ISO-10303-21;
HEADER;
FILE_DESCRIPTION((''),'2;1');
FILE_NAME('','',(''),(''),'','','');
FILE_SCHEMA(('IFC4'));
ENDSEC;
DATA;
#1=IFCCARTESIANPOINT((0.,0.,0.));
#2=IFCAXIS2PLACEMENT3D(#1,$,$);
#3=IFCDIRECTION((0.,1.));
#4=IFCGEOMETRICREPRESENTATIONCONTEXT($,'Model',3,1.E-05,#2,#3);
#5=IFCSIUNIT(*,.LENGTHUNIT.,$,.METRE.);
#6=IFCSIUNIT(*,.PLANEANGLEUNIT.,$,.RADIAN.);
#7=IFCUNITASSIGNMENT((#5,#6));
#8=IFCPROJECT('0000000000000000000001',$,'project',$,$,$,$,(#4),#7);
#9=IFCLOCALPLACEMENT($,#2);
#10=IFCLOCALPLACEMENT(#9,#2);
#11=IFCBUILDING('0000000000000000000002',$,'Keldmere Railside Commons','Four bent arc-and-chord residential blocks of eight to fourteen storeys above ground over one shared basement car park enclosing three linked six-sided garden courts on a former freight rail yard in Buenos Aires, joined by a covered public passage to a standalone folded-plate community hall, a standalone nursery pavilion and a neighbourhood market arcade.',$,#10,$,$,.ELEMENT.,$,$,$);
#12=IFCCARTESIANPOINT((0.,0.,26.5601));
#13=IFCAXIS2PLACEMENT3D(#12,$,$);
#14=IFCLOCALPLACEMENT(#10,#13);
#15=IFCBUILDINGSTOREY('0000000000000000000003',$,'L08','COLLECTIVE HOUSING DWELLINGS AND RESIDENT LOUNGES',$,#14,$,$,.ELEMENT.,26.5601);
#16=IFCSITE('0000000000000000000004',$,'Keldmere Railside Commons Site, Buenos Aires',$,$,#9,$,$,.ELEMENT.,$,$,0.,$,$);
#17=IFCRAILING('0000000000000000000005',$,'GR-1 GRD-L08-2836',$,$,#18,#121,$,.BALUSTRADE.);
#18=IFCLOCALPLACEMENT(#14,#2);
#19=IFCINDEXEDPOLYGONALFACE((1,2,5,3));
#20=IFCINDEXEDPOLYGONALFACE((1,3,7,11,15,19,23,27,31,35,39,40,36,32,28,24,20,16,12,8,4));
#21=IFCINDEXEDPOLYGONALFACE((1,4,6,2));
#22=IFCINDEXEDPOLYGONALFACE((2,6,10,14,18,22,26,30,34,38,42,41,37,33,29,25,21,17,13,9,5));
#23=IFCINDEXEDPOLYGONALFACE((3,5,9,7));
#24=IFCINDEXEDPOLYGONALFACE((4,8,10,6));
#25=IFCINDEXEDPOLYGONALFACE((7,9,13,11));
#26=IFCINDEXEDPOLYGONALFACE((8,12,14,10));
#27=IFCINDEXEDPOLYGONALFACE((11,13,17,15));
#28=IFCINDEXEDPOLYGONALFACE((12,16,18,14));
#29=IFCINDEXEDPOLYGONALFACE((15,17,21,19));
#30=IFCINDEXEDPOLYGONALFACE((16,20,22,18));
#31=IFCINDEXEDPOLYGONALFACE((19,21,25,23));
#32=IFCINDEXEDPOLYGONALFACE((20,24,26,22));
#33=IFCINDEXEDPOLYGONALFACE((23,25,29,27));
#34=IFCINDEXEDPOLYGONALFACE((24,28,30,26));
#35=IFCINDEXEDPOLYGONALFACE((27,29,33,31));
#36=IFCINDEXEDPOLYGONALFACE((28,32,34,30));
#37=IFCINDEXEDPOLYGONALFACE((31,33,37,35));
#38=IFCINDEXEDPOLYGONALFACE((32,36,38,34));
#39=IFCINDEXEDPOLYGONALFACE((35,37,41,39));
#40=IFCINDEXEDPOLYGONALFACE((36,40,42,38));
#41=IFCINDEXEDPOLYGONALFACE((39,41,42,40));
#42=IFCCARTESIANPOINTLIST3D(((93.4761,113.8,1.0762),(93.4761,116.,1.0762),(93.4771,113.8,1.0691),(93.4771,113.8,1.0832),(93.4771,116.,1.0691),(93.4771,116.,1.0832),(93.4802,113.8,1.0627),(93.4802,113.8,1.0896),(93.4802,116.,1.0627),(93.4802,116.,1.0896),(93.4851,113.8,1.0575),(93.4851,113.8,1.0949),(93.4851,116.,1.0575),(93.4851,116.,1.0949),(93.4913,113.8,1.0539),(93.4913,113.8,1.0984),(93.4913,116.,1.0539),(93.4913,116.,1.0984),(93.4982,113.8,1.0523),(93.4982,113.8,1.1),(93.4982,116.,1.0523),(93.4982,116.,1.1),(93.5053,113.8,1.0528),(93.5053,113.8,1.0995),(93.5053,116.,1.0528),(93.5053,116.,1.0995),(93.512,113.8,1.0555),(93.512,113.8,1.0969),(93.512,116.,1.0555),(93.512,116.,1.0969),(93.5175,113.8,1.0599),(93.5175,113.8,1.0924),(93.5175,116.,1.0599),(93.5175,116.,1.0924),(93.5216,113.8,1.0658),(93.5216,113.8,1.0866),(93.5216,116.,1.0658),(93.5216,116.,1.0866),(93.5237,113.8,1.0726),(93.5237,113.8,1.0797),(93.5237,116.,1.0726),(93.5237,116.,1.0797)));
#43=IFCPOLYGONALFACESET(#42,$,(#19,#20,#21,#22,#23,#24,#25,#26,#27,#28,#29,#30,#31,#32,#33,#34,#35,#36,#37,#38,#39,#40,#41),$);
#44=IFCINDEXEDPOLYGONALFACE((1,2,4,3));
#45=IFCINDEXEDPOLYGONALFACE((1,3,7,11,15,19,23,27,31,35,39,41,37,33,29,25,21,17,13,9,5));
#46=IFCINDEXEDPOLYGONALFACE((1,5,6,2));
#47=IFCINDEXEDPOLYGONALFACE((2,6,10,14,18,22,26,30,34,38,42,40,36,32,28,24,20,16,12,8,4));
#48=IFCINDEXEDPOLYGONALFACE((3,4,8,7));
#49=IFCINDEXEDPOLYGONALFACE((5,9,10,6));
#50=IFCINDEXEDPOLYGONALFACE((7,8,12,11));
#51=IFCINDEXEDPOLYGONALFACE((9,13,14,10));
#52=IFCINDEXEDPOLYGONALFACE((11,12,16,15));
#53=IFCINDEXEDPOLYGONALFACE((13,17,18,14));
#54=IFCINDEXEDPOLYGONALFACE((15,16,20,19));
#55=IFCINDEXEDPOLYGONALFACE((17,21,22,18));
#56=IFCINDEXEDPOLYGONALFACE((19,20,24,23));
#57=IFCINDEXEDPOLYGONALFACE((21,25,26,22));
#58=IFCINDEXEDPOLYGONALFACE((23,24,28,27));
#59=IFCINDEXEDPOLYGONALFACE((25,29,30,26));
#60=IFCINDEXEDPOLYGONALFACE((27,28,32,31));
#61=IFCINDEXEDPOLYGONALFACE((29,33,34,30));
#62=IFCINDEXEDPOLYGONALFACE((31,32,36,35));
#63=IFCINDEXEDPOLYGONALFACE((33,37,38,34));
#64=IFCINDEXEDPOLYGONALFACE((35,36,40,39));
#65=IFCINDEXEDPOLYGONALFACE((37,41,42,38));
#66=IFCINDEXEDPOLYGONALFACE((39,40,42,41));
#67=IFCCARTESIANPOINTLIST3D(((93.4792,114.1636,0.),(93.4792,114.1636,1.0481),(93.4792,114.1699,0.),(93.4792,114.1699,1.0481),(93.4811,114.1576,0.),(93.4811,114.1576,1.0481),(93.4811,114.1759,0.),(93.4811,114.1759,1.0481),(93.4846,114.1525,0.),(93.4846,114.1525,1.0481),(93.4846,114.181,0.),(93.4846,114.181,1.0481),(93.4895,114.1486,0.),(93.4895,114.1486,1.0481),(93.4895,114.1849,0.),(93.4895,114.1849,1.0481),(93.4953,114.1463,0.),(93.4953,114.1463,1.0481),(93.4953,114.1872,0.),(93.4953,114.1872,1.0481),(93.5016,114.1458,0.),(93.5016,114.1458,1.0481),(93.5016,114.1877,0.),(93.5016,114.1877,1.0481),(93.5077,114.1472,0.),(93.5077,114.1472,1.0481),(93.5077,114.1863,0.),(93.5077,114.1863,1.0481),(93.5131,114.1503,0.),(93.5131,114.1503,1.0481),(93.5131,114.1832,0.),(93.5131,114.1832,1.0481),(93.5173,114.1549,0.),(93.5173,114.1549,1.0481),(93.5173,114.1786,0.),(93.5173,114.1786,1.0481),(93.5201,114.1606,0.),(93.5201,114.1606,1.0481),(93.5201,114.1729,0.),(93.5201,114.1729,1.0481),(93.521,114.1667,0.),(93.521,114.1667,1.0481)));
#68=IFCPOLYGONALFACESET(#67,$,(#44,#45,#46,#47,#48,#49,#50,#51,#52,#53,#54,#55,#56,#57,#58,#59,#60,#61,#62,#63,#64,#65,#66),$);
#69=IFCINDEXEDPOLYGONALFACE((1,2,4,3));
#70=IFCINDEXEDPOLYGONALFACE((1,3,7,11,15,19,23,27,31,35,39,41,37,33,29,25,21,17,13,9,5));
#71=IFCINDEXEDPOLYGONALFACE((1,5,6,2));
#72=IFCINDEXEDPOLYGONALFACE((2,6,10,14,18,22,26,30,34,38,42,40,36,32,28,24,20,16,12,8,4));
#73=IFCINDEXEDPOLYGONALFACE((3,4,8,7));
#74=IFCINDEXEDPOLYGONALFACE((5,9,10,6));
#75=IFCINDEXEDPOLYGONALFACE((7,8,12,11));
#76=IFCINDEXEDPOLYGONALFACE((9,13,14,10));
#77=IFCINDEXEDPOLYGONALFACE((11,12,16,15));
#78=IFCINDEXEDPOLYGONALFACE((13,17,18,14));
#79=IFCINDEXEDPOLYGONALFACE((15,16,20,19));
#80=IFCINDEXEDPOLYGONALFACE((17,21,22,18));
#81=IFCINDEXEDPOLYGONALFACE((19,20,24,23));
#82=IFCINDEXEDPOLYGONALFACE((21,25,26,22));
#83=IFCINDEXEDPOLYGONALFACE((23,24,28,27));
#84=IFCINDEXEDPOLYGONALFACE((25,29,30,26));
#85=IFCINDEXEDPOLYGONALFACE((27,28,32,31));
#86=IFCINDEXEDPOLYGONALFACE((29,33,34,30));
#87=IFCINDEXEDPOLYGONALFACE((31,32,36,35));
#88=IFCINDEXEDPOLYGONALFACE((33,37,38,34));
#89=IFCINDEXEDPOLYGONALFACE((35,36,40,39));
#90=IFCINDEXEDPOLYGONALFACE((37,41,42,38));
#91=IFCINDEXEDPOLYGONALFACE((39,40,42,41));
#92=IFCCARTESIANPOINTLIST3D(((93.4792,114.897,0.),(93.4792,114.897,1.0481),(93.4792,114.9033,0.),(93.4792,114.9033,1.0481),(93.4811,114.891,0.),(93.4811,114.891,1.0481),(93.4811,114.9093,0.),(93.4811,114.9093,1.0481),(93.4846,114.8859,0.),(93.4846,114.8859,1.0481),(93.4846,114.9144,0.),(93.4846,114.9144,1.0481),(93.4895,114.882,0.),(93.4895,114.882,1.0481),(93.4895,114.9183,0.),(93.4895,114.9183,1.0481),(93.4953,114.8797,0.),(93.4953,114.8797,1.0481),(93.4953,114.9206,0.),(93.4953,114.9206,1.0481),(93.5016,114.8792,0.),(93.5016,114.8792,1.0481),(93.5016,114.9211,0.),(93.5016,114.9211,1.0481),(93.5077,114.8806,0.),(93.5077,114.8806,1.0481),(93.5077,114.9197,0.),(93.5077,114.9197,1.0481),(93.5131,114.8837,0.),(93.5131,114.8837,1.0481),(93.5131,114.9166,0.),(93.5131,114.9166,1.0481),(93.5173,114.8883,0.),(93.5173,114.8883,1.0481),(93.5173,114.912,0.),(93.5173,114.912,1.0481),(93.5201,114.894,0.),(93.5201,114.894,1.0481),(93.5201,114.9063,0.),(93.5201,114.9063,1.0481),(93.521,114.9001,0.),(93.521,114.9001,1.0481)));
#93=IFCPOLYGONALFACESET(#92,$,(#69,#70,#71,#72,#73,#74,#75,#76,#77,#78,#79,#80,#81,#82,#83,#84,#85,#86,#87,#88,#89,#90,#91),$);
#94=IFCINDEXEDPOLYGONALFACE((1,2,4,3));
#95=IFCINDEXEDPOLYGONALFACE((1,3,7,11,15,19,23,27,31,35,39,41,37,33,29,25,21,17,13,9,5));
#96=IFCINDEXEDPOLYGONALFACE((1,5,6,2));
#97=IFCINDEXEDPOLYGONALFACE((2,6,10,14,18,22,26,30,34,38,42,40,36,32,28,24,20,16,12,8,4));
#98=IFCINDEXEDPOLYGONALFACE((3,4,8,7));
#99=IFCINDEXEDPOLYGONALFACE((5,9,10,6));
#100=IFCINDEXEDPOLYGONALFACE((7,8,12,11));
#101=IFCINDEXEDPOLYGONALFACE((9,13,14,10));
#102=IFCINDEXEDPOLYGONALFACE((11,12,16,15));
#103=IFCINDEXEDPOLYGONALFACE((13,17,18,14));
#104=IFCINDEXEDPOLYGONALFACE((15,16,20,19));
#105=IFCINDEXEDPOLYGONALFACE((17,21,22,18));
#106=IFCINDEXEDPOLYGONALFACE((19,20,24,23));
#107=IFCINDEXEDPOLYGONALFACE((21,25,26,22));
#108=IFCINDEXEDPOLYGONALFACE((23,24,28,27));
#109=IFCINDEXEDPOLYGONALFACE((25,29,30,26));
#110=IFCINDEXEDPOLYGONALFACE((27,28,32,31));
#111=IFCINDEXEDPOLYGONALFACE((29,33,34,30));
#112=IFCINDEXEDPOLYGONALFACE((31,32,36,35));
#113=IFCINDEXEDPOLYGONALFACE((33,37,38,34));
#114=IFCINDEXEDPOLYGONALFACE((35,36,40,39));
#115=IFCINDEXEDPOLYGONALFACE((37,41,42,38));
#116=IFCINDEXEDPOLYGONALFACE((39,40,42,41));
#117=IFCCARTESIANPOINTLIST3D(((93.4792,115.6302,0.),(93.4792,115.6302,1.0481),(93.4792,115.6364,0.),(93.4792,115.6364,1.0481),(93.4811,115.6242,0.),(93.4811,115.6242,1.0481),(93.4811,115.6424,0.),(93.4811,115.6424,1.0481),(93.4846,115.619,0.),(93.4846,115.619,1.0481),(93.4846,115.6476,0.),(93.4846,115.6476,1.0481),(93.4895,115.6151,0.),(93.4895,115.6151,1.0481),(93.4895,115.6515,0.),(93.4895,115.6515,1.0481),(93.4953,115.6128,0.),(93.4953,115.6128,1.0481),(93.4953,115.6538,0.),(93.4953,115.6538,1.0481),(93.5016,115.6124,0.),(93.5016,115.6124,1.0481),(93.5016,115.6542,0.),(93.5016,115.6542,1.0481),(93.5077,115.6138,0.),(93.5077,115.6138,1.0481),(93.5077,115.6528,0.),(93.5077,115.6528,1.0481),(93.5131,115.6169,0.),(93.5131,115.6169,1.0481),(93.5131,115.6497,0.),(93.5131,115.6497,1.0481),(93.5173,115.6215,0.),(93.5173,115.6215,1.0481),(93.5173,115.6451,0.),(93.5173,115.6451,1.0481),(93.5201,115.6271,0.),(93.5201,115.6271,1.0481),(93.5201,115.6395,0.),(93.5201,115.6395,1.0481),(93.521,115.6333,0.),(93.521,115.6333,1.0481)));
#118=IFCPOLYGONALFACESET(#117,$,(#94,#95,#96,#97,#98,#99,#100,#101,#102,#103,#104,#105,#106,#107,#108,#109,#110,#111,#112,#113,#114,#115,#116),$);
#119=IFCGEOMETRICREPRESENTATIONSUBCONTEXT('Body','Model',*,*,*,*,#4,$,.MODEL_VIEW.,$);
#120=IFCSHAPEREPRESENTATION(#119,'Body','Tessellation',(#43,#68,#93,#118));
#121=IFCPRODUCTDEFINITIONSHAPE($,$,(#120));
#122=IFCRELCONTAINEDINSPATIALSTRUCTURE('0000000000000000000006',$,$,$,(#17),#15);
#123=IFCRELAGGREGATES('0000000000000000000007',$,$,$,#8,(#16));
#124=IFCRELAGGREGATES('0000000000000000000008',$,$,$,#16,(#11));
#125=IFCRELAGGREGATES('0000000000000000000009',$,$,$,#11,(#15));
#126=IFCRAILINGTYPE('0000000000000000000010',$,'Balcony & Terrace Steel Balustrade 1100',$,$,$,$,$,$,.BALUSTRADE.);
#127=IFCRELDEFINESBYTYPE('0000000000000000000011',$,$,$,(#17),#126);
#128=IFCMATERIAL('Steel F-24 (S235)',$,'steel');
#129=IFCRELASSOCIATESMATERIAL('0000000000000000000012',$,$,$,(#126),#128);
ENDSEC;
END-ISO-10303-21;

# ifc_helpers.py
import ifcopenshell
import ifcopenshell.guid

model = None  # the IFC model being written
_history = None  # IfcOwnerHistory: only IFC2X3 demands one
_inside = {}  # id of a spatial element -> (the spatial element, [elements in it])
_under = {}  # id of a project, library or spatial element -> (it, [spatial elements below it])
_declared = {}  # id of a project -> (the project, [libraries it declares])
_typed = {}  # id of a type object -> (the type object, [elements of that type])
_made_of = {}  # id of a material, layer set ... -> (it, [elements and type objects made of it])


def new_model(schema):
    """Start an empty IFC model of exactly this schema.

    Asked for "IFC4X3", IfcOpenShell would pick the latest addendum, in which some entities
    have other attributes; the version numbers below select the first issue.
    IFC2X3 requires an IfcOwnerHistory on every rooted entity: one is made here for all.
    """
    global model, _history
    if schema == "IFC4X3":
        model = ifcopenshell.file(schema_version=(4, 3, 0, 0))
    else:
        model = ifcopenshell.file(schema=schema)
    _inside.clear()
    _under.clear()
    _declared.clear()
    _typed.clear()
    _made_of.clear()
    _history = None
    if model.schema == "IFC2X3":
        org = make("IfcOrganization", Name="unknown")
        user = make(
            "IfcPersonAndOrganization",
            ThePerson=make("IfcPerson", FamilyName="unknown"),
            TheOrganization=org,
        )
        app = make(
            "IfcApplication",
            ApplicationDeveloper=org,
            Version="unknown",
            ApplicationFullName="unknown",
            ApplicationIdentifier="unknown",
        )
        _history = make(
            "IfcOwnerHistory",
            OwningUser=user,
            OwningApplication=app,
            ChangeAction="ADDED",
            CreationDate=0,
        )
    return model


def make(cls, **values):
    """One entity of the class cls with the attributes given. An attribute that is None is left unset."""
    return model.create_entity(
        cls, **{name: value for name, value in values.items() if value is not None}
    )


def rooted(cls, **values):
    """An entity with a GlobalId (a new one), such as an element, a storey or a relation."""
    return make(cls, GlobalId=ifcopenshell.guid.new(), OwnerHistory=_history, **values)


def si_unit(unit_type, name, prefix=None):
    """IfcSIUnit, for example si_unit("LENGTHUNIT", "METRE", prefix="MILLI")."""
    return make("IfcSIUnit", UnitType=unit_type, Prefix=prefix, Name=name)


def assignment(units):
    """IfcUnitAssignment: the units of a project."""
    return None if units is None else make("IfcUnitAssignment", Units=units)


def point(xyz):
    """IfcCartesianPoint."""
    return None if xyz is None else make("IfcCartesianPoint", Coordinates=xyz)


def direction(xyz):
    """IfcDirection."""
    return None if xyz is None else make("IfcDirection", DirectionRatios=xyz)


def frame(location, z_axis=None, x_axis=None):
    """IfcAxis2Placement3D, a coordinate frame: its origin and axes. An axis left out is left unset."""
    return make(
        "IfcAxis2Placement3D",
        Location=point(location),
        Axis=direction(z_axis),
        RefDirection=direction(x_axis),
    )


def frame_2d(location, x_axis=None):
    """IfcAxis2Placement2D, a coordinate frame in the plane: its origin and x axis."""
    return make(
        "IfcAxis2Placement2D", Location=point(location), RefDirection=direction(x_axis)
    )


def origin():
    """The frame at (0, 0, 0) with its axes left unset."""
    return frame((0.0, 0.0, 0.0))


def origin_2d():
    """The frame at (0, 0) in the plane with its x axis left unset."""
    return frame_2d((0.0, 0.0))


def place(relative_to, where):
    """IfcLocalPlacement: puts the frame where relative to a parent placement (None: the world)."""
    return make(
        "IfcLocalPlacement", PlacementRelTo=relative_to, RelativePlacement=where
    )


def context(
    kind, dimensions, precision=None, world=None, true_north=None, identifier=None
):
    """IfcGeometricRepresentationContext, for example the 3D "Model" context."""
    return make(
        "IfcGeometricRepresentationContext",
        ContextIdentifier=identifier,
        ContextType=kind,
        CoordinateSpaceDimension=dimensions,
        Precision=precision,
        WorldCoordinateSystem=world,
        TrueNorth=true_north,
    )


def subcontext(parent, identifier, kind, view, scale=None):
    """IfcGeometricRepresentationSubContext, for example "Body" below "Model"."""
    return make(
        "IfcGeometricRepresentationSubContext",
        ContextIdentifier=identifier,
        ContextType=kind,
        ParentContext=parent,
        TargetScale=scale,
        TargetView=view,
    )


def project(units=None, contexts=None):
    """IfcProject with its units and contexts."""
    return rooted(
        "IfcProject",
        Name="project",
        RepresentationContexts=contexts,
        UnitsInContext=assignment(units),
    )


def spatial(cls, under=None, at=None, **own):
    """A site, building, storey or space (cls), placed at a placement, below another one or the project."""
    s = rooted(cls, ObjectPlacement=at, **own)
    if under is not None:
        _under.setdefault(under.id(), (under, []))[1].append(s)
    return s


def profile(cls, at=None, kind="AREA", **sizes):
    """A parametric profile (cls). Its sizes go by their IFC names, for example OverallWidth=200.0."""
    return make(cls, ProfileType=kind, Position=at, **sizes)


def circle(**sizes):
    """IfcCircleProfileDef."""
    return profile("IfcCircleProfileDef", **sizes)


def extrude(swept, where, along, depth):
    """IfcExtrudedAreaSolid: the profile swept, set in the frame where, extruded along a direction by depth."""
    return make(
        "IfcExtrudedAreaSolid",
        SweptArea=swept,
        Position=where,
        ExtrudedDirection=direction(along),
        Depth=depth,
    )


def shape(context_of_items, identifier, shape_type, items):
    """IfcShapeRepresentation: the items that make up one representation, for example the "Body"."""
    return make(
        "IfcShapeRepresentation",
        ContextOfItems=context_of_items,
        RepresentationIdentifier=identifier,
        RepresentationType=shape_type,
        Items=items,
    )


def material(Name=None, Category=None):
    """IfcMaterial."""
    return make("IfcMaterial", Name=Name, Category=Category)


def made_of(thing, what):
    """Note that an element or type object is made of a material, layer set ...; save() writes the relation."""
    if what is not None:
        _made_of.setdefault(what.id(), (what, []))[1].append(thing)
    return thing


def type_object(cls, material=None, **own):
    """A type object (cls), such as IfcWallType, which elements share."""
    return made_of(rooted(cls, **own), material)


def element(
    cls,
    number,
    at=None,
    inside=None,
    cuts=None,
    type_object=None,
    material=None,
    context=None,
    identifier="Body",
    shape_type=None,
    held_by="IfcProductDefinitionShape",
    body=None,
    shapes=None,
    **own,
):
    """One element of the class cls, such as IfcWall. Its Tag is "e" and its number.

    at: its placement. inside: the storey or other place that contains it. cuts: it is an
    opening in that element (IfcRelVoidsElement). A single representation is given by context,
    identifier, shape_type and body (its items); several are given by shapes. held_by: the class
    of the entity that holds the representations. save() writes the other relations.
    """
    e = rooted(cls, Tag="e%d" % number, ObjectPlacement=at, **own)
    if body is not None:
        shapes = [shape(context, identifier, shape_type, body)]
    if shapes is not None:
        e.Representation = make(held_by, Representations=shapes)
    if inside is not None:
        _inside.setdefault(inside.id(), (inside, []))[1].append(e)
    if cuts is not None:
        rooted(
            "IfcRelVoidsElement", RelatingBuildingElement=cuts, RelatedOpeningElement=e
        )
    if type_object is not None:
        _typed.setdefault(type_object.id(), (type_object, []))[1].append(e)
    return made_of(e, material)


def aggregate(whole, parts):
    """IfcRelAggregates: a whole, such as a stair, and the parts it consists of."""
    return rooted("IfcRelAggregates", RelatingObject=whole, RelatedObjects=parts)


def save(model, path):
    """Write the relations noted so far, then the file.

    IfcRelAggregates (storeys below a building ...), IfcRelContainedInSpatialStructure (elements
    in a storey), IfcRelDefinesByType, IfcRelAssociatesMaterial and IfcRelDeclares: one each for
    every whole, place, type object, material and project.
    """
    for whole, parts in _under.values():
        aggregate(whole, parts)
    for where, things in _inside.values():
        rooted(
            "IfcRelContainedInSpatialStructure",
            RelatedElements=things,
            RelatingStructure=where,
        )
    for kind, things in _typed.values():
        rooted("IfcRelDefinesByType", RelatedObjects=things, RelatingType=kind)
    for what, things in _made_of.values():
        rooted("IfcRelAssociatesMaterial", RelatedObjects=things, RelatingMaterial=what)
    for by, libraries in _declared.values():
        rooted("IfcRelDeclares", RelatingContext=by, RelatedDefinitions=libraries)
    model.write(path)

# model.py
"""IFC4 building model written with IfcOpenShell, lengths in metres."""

from ifc_helpers import new_model, si_unit, direction, frame, origin, origin_2d, place, context, subcontext, project, spatial, circle, extrude, material, type_object, element, save


model = new_model("IFC4")

# Units and contexts
model_context = context("Model", 3, precision=1e-05, world=origin(), true_north=direction((0.0, 1.0)))
body_context = subcontext(model_context, "Body", "Model", "MODEL_VIEW")
ifc_project = project(units=[si_unit("LENGTHUNIT", "METRE"), si_unit("PLANEANGLEUNIT", "RADIAN")], contexts=[model_context])

# Site, building, storey
site_placement = place(None, origin())
site = spatial("IfcSite", under=ifc_project, at=site_placement, Name="Keldmere Railside Commons Site, Buenos Aires", CompositionType="ELEMENT", RefElevation=0.0)
building_placement = place(site_placement, origin())
building = spatial("IfcBuilding", under=site, at=building_placement, Name="Keldmere Railside Commons", Description="Four bent arc-and-chord residential blocks of eight to fourteen storeys above ground over one shared basement car park enclosing three linked six-sided garden courts on a former freight rail yard in Buenos Aires, joined by a covered public passage to a standalone folded-plate community hall, a standalone nursery pavilion and a neighbourhood market arcade.", CompositionType="ELEMENT")
storey_placement = place(building_placement, frame((0.0, 0.0, 26.5601)))
storey = spatial("IfcBuildingStorey", under=building, at=storey_placement, Name="L08", Description="COLLECTIVE HOUSING DWELLINGS AND RESIDENT LOUNGES", CompositionType="ELEMENT", Elevation=26.5601)

# Railing
ifc_material_1 = material(Name="Steel F-24 (S235)", Category="steel")
railing_type = type_object("IfcRailingType", Name="Balcony & Terrace Steel Balustrade 1100", PredefinedType="BALUSTRADE", material=ifc_material_1)
railing_1_placement = place(storey_placement, frame((93.5, 113.8, 0.0)))
element("IfcRailing", 1, at=railing_1_placement, inside=storey, type_object=railing_type, Name="GR-1 GRD-L08-2836", PredefinedType="BALUSTRADE", context=body_context, shape_type="SweptSolid", body=[
    extrude(circle(Radius=0.0239, at=origin_2d()), frame((0.0, 0.0, 1.0762), z_axis=(0.0, 1.0, 0.0), x_axis=(-1.0, 0.0, 0.0)), (0.0, 0.0, 1.0), 2.2),
    extrude(circle(Radius=0.021, at=origin_2d()), frame((0.0, 0.3667, 0.0)), (0.0, 0.0, 1.0), 1.0481),
    extrude(circle(Radius=0.021, at=origin_2d()), frame((0.0, 1.1001, 0.0)), (0.0, 0.0, 1.0), 1.0481),
    extrude(circle(Radius=0.021, at=origin_2d()), frame((0.0, 1.8333, 0.0)), (0.0, 0.0, 1.0), 1.0481),
])

save(model, "model.ifc")
